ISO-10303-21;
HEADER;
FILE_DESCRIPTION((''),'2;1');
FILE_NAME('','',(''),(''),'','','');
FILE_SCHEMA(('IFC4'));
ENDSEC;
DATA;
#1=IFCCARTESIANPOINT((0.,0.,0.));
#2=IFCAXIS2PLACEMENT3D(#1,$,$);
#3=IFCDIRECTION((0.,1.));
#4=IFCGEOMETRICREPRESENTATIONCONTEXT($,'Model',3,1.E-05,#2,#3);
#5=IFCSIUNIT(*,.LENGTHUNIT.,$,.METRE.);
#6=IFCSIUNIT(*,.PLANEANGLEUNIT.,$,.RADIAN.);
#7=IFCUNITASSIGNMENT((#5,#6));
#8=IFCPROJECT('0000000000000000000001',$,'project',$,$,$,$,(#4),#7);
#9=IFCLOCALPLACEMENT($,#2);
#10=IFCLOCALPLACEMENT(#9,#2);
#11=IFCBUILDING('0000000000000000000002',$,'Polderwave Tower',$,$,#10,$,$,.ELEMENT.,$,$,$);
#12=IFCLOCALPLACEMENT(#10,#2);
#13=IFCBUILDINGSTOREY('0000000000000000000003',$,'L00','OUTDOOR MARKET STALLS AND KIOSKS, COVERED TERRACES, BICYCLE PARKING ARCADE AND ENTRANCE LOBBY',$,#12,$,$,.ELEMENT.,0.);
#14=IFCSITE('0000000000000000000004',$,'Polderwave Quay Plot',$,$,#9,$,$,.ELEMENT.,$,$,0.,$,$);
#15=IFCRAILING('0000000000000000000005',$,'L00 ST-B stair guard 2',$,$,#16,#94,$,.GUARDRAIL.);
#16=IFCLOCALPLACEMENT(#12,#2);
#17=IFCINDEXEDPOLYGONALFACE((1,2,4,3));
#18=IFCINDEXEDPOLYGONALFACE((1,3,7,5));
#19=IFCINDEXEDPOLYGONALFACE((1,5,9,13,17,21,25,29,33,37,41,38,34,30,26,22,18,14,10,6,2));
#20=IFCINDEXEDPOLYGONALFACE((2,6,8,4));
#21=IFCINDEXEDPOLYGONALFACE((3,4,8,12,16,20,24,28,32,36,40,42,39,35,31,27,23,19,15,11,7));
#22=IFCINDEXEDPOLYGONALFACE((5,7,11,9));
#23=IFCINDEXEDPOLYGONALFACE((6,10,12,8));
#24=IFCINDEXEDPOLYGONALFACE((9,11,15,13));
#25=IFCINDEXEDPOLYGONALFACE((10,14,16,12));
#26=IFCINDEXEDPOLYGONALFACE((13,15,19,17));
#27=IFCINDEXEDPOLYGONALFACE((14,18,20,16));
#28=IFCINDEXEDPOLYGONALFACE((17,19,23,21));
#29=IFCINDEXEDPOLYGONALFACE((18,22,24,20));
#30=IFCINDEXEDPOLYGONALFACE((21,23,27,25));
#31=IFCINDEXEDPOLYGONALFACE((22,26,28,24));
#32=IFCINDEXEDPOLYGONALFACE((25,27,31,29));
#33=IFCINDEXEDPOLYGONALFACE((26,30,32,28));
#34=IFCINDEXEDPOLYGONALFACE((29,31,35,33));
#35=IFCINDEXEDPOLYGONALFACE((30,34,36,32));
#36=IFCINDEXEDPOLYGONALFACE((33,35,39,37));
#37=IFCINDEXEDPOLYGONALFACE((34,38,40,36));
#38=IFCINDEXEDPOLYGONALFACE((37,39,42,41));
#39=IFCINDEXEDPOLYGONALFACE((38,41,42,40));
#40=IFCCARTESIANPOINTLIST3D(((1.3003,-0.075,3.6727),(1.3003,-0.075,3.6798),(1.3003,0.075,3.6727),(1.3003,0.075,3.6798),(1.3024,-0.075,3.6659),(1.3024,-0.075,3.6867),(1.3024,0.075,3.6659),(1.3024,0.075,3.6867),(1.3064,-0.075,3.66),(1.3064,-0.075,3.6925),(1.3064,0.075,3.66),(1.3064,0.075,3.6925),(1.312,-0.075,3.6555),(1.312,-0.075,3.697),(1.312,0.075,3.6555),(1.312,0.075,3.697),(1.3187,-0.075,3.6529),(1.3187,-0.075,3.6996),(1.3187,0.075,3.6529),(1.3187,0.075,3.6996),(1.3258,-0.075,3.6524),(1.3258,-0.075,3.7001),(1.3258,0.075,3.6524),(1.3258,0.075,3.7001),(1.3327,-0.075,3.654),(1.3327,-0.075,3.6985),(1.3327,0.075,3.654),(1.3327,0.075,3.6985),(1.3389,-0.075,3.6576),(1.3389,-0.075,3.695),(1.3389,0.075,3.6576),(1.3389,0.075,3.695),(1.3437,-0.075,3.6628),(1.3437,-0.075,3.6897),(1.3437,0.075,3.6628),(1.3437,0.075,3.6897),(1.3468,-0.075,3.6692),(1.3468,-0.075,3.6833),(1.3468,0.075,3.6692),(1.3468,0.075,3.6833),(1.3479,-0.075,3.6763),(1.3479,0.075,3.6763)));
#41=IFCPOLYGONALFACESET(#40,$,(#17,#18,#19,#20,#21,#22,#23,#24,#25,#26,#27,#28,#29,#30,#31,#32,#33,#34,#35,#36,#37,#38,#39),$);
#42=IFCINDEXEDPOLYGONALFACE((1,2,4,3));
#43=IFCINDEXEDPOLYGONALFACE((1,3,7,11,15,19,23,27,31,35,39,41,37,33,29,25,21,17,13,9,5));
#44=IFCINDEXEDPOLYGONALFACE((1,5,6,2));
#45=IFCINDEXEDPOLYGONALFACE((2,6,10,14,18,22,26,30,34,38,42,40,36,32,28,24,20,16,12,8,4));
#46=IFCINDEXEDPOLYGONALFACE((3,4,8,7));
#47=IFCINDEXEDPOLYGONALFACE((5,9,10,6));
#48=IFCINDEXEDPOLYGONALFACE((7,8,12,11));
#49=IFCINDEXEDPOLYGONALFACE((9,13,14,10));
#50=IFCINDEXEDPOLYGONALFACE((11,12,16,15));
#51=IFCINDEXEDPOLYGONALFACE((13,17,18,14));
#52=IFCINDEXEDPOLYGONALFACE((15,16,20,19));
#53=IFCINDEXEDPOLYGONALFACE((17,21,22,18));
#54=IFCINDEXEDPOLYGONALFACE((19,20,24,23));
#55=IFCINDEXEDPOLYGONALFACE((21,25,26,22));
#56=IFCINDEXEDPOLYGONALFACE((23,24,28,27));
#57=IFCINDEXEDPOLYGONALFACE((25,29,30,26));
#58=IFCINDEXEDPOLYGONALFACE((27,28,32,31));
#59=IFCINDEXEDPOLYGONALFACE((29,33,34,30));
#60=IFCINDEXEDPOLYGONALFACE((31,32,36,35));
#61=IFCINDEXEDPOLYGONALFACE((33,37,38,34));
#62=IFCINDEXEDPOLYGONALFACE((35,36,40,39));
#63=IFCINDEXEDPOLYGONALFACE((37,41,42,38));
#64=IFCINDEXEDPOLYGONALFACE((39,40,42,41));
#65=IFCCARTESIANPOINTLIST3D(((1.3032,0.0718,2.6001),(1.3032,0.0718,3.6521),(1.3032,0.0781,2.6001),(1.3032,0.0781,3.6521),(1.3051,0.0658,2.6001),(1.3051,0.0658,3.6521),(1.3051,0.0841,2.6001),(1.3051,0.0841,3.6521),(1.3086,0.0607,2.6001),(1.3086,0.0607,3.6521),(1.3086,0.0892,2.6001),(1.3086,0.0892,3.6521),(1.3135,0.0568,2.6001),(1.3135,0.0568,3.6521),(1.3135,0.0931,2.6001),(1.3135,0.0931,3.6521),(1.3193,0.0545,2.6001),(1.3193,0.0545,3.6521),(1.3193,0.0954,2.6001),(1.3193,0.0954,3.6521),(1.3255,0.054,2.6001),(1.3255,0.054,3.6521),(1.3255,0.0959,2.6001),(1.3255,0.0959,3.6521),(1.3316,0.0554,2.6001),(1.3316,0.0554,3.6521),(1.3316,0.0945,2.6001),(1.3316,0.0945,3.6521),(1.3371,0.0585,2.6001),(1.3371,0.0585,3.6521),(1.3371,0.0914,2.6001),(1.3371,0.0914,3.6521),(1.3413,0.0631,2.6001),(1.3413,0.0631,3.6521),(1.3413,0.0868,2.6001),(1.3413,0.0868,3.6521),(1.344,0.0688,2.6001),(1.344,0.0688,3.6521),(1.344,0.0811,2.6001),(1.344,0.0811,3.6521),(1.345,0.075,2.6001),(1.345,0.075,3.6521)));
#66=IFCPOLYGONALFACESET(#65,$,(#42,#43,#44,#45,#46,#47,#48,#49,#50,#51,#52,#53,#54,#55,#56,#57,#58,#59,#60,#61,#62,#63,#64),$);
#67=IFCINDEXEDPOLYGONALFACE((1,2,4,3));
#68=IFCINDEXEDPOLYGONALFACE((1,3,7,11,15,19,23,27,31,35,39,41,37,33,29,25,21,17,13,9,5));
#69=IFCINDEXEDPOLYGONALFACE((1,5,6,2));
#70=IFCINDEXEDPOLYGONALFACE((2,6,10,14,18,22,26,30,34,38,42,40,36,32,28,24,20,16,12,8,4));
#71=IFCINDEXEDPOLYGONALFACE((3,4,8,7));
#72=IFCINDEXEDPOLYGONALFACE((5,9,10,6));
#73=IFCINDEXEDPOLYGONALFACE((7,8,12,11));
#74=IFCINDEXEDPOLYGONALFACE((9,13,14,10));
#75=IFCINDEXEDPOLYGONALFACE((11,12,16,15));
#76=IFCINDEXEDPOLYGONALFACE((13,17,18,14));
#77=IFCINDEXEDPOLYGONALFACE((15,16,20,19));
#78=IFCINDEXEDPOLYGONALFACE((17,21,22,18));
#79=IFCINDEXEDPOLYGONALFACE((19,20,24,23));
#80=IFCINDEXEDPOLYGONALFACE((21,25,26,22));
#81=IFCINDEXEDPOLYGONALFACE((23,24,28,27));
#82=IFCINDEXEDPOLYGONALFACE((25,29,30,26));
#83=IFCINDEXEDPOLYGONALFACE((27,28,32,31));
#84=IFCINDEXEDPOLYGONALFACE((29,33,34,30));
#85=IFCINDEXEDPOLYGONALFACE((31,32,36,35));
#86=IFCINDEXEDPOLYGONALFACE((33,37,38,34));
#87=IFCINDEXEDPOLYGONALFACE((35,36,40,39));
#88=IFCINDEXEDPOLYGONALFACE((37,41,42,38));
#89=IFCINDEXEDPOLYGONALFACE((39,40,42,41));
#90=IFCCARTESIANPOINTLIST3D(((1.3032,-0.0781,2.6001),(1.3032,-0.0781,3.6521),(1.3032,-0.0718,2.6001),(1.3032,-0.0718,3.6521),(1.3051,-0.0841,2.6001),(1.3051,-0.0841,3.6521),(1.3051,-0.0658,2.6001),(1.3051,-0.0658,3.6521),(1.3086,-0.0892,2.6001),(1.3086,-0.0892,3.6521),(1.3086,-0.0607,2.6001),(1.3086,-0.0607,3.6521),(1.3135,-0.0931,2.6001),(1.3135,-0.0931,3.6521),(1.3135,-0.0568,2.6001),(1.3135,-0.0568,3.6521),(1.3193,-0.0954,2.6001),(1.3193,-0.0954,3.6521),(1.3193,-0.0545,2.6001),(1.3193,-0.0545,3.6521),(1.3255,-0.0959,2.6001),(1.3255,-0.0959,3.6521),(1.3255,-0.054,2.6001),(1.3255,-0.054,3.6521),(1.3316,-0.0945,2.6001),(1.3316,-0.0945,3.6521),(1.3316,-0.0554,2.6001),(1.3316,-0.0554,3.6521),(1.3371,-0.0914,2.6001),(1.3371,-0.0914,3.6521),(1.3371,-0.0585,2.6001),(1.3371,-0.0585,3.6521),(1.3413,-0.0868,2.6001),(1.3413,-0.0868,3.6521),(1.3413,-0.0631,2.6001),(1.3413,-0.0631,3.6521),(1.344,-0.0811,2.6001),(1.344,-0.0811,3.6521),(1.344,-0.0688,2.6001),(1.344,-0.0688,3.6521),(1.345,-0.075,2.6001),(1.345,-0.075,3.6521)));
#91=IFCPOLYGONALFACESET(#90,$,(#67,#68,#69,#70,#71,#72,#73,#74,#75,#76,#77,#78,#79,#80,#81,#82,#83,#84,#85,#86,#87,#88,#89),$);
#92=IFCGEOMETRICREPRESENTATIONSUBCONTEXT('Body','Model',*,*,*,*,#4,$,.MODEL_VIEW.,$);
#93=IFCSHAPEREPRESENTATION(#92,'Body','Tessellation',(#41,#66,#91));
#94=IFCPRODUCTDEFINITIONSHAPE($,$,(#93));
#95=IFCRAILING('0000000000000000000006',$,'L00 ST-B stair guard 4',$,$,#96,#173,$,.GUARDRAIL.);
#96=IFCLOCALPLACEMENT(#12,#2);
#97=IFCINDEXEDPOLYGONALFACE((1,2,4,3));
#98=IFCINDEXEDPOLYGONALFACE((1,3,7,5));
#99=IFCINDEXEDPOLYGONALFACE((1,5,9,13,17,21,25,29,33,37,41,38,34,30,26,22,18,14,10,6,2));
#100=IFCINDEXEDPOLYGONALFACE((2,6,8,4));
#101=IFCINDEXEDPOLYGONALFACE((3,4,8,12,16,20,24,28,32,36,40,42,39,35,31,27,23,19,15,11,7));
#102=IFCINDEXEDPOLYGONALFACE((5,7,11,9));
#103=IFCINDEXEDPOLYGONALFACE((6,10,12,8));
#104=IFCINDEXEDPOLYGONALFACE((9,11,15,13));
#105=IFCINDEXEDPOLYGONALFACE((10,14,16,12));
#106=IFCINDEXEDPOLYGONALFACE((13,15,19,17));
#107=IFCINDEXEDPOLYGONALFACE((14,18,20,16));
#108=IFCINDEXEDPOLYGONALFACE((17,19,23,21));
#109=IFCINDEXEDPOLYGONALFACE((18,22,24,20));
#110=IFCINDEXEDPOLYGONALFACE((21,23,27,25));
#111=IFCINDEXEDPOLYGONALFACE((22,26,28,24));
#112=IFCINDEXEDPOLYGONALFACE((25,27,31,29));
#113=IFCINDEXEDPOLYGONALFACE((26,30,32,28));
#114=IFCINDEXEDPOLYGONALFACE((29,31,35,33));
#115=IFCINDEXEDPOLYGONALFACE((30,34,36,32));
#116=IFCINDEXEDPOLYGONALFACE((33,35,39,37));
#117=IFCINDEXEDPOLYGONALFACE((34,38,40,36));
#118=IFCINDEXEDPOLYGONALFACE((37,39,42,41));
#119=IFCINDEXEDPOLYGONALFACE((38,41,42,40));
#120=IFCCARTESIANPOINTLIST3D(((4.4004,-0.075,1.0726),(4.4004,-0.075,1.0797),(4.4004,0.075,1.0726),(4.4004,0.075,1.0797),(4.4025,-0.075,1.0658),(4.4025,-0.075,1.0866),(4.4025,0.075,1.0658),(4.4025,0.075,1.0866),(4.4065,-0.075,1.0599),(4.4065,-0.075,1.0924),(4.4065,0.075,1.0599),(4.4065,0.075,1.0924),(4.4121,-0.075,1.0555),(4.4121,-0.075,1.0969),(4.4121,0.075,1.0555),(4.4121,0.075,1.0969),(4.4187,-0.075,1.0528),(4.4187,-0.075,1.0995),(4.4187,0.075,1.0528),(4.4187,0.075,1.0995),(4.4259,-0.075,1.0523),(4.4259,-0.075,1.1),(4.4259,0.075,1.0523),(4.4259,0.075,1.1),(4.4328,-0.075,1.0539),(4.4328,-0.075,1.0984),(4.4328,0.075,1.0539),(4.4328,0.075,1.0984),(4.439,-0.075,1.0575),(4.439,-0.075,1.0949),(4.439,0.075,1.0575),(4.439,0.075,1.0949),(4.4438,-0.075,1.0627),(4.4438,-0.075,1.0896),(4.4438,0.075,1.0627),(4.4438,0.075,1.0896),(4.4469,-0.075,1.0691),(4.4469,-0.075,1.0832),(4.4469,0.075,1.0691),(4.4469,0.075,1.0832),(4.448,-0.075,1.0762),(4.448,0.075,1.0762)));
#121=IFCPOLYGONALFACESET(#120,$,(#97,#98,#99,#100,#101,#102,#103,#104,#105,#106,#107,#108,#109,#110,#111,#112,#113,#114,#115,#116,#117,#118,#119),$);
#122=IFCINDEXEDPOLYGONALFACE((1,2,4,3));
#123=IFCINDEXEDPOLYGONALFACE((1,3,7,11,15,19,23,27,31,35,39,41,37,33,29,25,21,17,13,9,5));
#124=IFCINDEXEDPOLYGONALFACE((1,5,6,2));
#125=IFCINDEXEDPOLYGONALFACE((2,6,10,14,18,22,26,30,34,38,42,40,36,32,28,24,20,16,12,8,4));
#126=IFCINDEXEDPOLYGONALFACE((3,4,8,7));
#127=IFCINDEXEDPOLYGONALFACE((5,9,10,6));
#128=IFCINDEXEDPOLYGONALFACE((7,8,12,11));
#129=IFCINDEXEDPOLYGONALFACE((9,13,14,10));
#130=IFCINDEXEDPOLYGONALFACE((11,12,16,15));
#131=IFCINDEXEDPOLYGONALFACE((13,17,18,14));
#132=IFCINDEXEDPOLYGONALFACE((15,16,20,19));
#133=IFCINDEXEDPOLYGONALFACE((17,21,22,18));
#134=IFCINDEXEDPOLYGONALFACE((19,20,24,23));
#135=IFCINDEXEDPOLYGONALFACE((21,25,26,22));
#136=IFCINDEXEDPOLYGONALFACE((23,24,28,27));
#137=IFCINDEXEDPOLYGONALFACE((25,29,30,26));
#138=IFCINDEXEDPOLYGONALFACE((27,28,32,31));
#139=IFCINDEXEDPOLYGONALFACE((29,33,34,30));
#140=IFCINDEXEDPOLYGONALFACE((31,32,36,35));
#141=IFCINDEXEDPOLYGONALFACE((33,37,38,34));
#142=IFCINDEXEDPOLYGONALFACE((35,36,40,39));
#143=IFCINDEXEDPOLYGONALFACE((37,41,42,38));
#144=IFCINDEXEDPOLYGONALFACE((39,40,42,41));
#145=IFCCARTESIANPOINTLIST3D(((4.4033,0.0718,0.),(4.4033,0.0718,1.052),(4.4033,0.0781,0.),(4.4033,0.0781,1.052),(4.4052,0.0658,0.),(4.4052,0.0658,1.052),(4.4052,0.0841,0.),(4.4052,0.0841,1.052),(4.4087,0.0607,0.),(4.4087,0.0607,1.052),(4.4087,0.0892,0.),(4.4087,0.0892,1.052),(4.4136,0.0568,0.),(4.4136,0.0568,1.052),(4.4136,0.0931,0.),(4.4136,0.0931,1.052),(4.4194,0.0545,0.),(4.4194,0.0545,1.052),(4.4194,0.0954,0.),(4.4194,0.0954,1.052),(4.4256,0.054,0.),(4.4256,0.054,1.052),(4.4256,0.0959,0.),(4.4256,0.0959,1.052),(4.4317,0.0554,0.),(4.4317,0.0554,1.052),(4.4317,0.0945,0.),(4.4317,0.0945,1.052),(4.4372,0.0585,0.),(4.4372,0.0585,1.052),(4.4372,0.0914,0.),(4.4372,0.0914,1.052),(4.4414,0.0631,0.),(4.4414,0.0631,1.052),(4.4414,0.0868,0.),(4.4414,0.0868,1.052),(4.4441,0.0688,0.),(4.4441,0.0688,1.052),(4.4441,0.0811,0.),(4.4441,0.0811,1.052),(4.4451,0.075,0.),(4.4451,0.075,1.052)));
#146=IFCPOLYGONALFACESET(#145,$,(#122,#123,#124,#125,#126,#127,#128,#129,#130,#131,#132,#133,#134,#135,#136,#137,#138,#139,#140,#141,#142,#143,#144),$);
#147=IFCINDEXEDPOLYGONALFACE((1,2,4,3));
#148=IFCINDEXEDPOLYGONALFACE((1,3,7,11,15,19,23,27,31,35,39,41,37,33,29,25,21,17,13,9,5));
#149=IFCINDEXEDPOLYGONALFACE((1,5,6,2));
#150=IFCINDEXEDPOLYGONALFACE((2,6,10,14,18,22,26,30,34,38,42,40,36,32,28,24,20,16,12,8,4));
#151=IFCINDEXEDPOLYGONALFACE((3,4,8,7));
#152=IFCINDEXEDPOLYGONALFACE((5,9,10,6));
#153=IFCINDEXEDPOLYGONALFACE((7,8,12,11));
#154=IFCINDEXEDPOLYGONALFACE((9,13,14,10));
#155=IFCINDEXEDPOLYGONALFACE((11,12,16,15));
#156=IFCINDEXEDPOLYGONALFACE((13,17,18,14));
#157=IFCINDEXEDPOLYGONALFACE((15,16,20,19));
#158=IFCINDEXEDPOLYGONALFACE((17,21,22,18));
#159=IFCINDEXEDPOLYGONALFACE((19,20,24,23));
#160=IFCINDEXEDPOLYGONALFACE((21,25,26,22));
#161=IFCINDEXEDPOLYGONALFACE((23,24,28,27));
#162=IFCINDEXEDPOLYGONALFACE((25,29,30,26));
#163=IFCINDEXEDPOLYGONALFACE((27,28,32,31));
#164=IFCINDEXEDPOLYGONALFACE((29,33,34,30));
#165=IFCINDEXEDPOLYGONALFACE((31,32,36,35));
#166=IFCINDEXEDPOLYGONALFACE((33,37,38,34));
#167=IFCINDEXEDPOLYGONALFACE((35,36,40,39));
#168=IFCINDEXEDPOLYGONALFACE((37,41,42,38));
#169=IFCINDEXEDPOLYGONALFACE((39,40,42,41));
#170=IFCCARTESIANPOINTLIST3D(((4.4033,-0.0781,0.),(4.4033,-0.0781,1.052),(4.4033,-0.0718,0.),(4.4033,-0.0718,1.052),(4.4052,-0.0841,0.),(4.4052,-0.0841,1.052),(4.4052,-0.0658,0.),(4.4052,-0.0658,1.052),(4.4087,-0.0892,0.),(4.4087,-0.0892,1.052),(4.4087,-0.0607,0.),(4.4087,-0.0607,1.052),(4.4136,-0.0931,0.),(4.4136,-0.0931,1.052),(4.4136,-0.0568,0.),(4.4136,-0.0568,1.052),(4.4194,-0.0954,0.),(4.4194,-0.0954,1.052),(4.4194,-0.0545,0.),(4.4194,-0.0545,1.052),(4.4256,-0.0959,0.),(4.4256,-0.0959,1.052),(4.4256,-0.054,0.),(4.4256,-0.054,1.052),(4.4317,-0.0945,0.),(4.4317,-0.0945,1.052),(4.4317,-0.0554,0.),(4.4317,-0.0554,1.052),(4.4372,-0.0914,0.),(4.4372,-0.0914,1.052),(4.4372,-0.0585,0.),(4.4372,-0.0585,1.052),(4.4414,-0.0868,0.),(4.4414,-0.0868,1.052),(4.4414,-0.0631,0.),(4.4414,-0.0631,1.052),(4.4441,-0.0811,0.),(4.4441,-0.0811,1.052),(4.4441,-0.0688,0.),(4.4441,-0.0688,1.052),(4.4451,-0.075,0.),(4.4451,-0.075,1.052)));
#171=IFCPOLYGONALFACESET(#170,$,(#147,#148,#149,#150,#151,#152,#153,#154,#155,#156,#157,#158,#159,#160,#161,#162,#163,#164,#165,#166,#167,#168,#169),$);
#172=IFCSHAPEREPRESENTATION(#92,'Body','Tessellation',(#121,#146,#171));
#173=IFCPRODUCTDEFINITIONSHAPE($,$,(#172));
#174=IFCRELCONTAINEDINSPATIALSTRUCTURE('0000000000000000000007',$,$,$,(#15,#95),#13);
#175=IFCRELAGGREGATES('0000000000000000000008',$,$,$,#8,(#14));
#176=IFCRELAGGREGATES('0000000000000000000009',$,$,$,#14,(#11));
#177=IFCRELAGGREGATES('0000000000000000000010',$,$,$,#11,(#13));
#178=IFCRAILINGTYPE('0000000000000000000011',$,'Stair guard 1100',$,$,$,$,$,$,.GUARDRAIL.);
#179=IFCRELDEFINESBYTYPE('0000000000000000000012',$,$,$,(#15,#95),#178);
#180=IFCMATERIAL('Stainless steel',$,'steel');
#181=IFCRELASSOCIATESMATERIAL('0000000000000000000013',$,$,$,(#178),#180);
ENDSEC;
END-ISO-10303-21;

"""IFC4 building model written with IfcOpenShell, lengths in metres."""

from ifc_helpers import new_model, si_unit, direction, frame, origin, origin_2d, place, context, subcontext, project, spatial, circle, extrude, material, type_object, element, save


model = new_model("IFC4")

# Units and contexts
model_context = context("Model", 3, precision=1e-05, world=origin(), true_north=direction((0.0, 1.0)))
body_context = subcontext(model_context, "Body", "Model", "MODEL_VIEW")
ifc_project = project(units=[si_unit("LENGTHUNIT", "METRE"), si_unit("PLANEANGLEUNIT", "RADIAN")], contexts=[model_context])

# Site, building, storey
site_placement = place(None, origin())
site = spatial("IfcSite", under=ifc_project, at=site_placement, Name="Polderwave Quay Plot", CompositionType="ELEMENT", RefElevation=0.0)
building_placement = place(site_placement, origin())
building = spatial("IfcBuilding", under=site, at=building_placement, Name="Polderwave Tower", CompositionType="ELEMENT")
storey_placement = place(building_placement, origin())
storey = spatial("IfcBuildingStorey", under=building, at=storey_placement, Name="L00", Description="OUTDOOR MARKET STALLS AND KIOSKS, COVERED TERRACES, BICYCLE PARKING ARCADE AND ENTRANCE LOBBY", CompositionType="ELEMENT", Elevation=0.0)

# Railings
ifc_material_1 = material(Name="Stainless steel", Category="steel")
railing_type_1 = type_object("IfcRailingType", Name="Stair guard 1100", PredefinedType="GUARDRAIL", material=ifc_material_1)
for number, where, name in (
    (1, (1.324, 0.075, 2.6001), "L00 ST-B stair guard 2"),
    (2, (4.4241, 0.075, 0.0), "L00 ST-B stair guard 4"),
):
    element("IfcRailing", number, at=place(storey_placement, frame(where)), inside=storey, type_object=railing_type_1, Name=name, PredefinedType="GUARDRAIL", context=body_context, shape_type="SweptSolid", body=[
        extrude(circle(Radius=0.0239, at=origin_2d()), frame((0.0, 0.0, 1.0762), z_axis=(0.0, -1.0, 0.0), x_axis=(1.0, 0.0, 0.0)), (0.0, 0.0, 1.0), 0.1499),
        extrude(circle(Radius=0.021, at=origin_2d()), origin(), (0.0, 0.0, 1.0), 1.052),
        extrude(circle(Radius=0.021, at=origin_2d()), frame((0.0, -0.1499, 0.0)), (0.0, 0.0, 1.0), 1.052),
    ])

save(model, "model.ifc")
